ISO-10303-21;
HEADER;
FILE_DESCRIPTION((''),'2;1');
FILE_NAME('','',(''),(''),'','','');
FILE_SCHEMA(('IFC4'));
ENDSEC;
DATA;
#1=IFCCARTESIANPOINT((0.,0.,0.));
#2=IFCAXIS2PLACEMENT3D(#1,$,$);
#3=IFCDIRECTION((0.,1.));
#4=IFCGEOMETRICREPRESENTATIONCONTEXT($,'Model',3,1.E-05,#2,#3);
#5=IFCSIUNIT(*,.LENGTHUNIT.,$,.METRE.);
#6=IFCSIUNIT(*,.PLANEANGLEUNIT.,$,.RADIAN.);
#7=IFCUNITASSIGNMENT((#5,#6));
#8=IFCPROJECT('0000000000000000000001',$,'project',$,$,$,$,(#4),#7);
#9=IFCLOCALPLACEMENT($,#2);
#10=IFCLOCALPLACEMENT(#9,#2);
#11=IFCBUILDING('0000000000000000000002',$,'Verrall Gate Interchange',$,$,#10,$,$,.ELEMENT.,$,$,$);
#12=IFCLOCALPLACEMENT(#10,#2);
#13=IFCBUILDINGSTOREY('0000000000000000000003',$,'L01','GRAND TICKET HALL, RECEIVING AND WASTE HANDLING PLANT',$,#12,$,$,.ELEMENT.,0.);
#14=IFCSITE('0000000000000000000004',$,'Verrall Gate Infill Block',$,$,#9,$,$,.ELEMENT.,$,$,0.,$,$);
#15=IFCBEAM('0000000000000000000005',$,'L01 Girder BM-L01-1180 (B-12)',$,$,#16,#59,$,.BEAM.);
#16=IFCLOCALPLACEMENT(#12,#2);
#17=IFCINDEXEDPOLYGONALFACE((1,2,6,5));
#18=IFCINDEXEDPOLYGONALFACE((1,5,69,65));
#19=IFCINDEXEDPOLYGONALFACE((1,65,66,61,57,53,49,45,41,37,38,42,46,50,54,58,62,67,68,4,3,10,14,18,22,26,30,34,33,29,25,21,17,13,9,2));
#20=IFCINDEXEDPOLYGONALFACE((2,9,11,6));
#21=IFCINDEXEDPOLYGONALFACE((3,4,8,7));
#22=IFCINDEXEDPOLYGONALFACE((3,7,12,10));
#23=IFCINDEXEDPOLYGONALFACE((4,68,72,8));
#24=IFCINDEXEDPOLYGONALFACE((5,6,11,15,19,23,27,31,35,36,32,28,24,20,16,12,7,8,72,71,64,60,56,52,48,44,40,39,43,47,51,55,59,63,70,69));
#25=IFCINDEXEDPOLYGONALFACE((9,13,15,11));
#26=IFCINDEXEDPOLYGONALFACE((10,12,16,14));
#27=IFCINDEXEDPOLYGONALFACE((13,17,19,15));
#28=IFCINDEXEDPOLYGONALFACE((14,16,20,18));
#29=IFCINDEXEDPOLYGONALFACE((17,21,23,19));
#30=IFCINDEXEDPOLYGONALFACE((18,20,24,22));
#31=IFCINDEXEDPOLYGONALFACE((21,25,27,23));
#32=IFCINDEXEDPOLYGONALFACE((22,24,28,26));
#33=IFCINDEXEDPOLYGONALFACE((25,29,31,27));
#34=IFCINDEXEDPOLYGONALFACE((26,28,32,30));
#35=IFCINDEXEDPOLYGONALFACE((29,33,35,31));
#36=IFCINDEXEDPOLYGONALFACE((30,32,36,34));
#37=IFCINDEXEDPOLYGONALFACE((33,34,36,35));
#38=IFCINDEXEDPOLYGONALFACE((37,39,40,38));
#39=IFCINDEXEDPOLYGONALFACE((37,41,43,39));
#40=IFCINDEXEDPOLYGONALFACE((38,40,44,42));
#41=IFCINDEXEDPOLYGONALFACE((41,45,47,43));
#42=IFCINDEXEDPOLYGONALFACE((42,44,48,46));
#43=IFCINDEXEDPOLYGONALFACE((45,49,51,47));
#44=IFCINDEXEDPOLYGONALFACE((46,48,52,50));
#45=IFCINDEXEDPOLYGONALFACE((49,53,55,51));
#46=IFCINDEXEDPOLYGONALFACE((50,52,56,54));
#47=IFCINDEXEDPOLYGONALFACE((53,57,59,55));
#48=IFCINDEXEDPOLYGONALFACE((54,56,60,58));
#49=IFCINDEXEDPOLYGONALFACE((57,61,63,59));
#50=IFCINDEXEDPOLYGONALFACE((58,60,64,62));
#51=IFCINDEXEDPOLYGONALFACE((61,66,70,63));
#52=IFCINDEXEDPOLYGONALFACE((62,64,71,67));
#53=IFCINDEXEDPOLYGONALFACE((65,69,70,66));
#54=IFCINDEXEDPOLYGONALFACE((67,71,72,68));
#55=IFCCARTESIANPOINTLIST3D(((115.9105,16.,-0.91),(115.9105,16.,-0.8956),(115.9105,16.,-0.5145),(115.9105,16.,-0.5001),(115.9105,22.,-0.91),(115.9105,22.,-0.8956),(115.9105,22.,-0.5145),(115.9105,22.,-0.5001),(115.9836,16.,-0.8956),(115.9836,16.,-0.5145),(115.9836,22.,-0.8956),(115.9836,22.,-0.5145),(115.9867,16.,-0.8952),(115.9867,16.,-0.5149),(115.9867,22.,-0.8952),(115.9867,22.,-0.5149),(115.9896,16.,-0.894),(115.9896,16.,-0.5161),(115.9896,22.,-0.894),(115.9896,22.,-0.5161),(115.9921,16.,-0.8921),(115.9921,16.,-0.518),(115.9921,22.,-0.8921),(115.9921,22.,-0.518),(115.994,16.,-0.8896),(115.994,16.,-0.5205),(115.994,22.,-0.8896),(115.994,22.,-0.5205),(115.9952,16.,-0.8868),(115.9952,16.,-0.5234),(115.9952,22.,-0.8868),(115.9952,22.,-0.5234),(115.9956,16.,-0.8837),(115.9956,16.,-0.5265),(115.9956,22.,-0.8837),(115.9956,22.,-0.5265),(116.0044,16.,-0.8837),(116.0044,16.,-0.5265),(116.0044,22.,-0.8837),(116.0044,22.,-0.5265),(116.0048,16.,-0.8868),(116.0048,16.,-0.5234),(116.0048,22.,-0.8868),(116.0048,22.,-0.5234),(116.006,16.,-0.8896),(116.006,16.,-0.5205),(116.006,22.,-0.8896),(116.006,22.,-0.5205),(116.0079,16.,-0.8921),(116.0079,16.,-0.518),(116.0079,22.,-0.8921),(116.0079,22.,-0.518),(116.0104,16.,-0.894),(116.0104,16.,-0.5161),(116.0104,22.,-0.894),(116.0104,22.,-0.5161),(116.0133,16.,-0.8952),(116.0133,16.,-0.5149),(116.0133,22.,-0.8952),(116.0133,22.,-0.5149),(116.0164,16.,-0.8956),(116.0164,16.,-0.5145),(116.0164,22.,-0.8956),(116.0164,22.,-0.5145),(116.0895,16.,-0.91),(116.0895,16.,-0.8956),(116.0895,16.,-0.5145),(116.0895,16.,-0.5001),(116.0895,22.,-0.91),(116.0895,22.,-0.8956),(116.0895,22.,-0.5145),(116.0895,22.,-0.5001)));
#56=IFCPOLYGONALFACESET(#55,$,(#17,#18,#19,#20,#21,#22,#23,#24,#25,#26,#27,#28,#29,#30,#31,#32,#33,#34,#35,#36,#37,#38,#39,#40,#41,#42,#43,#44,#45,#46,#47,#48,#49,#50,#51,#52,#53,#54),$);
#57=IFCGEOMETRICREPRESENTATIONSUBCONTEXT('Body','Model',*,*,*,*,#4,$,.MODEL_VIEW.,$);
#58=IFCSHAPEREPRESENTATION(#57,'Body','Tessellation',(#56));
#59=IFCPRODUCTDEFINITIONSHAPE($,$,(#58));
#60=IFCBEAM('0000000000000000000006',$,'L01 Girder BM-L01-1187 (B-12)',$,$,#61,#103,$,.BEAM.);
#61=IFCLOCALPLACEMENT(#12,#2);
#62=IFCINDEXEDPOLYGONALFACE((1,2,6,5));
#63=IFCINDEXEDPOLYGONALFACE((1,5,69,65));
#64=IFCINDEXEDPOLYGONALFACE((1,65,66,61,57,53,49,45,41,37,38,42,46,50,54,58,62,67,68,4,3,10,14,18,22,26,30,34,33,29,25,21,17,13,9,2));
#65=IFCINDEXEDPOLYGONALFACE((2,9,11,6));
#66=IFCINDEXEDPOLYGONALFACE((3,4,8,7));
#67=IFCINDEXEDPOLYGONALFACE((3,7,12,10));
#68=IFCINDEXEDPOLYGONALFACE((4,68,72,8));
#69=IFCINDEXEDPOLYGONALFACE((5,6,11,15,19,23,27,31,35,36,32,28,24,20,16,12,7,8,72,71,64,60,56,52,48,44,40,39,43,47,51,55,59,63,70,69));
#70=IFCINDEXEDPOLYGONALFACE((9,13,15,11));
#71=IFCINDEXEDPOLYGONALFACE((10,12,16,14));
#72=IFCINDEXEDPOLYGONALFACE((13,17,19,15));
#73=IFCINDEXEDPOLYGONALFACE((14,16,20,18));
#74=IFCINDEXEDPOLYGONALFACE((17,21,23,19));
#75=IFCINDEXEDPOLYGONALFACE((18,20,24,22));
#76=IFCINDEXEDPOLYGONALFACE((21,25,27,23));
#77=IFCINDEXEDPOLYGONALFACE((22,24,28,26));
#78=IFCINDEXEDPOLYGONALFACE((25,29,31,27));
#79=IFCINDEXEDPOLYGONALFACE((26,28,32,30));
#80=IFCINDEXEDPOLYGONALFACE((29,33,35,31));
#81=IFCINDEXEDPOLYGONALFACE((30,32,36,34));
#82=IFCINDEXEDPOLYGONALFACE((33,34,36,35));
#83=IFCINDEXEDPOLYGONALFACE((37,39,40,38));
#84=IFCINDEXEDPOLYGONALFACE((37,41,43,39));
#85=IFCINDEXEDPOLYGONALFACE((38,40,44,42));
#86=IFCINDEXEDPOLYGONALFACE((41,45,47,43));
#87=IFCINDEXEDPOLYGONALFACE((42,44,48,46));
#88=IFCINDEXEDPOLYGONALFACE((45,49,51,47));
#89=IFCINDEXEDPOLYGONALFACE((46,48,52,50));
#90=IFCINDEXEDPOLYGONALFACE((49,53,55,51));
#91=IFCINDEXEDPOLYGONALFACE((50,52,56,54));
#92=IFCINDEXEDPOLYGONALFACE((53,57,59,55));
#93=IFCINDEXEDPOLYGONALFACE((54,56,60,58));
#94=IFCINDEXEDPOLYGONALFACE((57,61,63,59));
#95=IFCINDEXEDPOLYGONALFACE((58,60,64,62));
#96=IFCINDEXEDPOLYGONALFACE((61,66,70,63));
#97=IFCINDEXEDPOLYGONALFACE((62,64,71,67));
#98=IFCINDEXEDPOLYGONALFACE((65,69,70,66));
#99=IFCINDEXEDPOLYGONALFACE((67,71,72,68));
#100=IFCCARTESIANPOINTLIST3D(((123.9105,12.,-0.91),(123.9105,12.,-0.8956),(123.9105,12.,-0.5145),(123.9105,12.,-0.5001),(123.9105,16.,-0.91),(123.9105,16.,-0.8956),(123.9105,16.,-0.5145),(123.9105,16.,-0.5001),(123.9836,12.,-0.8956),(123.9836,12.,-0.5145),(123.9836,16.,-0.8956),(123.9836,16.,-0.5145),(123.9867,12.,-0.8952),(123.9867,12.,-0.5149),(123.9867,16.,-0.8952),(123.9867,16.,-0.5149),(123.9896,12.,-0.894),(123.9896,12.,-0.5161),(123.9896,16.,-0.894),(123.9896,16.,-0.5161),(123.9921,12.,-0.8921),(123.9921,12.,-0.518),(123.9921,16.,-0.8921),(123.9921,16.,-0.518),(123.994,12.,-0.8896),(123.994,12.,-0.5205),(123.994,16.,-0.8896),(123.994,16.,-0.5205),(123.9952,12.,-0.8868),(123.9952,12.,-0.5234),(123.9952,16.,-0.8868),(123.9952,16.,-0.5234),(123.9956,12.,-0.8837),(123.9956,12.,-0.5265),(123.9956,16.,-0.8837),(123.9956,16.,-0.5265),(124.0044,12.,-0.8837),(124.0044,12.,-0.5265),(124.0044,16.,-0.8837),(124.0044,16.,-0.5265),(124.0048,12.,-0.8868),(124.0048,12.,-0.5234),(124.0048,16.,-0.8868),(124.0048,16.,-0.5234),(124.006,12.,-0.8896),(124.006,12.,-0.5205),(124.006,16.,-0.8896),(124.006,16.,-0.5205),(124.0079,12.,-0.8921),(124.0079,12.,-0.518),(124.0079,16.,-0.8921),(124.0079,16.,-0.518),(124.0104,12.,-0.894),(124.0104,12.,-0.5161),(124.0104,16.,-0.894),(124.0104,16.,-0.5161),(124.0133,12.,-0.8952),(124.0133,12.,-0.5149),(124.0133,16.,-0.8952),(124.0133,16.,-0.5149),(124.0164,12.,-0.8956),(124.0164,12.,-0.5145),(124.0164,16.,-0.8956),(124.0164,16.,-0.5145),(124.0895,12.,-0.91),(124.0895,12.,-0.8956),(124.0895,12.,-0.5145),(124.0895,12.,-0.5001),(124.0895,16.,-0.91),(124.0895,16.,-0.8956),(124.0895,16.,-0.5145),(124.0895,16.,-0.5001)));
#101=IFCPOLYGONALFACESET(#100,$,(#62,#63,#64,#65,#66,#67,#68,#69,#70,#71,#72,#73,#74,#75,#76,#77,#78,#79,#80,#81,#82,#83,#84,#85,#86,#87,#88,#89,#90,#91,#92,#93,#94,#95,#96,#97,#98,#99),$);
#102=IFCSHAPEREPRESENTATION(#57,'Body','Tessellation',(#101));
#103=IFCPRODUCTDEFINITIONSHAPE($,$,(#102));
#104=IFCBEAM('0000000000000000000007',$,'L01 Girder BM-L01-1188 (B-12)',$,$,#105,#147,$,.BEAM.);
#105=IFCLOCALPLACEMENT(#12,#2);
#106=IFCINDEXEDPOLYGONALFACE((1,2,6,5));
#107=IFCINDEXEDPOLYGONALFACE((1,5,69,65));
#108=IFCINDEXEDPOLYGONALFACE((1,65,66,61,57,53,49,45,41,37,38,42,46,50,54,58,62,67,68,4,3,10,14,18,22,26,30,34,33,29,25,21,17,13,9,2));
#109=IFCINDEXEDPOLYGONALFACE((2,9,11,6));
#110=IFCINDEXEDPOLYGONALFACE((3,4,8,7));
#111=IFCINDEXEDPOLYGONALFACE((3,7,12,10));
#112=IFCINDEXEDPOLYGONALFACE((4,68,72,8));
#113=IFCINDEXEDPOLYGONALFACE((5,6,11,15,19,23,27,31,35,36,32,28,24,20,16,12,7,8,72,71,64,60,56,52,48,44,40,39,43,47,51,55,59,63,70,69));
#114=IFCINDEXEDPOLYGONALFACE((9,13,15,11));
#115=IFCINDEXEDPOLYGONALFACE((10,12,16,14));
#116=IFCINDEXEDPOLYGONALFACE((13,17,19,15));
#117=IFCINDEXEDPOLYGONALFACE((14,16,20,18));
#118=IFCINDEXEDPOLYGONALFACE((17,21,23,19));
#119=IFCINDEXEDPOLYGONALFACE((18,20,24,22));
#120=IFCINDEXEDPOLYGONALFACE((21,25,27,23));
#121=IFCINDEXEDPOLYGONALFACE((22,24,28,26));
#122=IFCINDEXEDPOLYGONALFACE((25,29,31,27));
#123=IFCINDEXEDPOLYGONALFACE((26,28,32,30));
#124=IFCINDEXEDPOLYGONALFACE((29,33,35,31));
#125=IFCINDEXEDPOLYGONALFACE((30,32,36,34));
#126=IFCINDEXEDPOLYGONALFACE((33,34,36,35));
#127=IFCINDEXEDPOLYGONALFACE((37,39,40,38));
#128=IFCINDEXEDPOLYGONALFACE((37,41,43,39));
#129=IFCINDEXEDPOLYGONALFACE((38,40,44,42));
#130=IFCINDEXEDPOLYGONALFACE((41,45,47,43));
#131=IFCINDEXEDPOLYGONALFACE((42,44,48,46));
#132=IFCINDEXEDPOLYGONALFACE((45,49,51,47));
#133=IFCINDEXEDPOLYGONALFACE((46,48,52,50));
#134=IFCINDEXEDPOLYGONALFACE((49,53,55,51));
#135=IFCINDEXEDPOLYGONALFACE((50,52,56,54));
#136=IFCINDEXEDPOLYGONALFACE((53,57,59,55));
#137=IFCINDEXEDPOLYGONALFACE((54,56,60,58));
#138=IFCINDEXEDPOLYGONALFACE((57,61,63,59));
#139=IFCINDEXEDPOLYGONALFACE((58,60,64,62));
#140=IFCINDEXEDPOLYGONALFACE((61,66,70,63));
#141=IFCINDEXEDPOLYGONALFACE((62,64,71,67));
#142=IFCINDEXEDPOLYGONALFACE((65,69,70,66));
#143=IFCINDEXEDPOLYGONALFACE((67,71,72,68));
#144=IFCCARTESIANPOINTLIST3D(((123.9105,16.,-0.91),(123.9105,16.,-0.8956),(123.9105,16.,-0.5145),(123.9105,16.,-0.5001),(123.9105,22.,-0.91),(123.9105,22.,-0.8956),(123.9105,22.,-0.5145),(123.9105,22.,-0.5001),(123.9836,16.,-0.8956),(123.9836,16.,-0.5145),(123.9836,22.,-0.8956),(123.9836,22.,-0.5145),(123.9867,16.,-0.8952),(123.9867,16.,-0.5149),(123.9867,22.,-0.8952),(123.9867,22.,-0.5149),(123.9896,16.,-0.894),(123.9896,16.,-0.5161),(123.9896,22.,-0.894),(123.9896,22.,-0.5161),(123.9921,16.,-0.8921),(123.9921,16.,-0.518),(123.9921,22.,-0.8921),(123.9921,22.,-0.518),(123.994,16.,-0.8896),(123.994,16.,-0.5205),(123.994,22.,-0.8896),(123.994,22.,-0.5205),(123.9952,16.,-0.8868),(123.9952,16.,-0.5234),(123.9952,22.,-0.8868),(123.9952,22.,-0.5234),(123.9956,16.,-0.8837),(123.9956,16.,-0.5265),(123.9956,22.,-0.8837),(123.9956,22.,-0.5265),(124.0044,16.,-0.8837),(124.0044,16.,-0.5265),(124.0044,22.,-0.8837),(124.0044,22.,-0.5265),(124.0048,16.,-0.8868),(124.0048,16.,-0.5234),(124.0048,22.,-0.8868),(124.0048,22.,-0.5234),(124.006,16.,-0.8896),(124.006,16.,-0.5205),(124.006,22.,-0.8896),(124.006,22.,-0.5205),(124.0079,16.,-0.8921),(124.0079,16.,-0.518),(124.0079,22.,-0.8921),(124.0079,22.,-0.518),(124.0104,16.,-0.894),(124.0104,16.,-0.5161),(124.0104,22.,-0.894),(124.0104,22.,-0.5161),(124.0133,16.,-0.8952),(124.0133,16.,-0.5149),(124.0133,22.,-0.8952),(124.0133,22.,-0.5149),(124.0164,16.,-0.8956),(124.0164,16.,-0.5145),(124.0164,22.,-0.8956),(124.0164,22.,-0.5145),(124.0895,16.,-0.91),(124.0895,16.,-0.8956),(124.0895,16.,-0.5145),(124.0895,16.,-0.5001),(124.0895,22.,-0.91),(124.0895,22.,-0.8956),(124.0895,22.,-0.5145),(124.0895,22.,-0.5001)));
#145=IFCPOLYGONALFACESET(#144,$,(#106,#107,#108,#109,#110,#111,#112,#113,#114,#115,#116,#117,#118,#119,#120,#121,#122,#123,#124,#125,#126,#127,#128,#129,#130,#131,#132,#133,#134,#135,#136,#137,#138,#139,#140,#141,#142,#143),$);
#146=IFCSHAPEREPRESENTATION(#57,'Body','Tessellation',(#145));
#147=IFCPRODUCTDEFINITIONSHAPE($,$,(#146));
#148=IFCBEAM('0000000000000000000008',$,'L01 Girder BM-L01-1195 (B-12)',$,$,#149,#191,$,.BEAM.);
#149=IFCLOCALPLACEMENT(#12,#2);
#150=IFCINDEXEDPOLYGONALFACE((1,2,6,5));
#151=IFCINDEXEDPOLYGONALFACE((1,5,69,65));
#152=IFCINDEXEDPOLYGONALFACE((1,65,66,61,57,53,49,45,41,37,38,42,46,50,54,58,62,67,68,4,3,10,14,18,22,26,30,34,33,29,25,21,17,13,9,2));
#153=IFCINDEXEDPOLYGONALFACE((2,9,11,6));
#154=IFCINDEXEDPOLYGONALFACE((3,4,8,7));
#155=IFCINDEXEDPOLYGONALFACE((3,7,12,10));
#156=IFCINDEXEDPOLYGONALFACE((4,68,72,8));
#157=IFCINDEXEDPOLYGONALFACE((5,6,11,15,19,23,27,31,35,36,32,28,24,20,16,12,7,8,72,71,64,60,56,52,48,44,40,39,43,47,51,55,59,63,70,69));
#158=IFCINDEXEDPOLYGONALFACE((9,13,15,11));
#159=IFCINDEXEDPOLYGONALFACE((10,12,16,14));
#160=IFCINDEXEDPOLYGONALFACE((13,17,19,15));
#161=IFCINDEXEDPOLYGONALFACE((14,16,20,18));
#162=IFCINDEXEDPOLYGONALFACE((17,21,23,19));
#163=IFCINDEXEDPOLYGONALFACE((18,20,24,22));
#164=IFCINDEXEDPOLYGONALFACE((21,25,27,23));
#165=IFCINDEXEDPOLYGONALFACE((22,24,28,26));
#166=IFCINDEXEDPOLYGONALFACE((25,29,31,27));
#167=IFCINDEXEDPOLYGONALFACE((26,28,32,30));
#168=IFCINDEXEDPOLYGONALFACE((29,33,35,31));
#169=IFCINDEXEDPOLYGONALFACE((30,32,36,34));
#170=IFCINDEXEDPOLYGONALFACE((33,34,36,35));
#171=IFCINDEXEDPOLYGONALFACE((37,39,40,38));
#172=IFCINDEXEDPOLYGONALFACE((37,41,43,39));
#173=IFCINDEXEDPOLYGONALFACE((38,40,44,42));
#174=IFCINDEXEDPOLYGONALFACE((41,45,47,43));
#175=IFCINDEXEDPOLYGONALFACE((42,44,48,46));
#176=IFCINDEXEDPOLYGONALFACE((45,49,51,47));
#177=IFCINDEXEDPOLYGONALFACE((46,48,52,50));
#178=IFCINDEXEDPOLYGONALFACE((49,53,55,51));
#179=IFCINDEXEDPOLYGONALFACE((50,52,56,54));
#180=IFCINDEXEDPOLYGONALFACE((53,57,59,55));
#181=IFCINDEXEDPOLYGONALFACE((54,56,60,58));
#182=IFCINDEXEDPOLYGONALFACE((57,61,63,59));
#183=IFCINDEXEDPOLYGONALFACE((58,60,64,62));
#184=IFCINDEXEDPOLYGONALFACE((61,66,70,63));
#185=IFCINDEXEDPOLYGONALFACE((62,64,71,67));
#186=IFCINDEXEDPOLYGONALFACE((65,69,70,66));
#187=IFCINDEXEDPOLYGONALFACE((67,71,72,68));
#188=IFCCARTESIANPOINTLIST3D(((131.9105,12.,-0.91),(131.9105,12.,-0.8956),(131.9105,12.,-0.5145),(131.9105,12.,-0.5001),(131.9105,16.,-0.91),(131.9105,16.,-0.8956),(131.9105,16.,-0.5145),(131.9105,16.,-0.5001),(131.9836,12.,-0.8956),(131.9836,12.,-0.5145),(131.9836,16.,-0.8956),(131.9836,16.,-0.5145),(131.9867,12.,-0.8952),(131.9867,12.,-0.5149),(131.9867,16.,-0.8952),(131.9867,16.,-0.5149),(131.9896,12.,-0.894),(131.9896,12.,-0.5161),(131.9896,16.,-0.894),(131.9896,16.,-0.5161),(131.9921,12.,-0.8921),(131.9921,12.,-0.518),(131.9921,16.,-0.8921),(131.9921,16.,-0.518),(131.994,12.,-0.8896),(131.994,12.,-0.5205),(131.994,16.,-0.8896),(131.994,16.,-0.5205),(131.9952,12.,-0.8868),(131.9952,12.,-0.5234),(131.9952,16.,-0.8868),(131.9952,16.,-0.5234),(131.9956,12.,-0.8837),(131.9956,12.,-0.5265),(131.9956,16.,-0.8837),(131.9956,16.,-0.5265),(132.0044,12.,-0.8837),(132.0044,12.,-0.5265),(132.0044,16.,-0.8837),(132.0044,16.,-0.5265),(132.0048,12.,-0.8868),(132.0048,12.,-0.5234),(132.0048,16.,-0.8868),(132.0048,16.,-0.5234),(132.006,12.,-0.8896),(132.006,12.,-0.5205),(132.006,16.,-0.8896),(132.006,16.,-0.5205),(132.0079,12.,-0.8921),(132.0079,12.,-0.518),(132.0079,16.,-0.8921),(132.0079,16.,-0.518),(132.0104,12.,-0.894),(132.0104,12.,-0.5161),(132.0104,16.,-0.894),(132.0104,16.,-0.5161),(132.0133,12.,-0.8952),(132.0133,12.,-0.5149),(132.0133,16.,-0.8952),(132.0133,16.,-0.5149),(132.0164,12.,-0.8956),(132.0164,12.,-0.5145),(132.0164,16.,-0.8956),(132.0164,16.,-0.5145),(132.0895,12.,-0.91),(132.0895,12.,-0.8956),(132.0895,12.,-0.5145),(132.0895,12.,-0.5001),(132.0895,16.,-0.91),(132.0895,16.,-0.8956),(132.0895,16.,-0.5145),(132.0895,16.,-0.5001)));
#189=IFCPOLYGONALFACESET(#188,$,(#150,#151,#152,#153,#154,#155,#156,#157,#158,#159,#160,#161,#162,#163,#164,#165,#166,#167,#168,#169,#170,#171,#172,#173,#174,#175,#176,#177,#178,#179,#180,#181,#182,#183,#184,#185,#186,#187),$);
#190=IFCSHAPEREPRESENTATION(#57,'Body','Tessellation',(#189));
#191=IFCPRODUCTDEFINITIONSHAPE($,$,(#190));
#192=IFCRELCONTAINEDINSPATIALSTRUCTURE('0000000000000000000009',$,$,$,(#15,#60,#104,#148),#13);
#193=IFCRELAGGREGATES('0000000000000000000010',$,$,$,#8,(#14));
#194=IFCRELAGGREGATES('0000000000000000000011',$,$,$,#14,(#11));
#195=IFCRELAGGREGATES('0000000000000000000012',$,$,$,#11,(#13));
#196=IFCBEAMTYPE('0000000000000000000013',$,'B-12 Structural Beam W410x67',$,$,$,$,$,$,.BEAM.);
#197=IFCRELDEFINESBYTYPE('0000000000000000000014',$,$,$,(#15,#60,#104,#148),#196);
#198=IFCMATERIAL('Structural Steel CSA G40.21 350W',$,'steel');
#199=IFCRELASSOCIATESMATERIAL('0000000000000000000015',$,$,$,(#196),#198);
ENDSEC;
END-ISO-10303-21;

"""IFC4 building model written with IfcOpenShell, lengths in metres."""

from ifc_helpers import new_model, si_unit, direction, frame, origin, origin_2d, place, context, subcontext, project, spatial, i_section, extrude, material, material_profile, profile_set, type_object, element, save


model = new_model("IFC4")

# Units and contexts
model_context = context("Model", 3, precision=1e-05, world=origin(), true_north=direction((0.0, 1.0)))
body_context = subcontext(model_context, "Body", "Model", "MODEL_VIEW")
ifc_project = project(units=[si_unit("LENGTHUNIT", "METRE"), si_unit("PLANEANGLEUNIT", "RADIAN")], contexts=[model_context])

# Site, building, storey
site_placement = place(None, origin())
site = spatial("IfcSite", under=ifc_project, at=site_placement, Name="Verrall Gate Infill Block", CompositionType="ELEMENT", RefElevation=0.0)
building_placement = place(site_placement, origin())
building = spatial("IfcBuilding", under=site, at=building_placement, Name="Verrall Gate Interchange", CompositionType="ELEMENT")
storey_placement = place(building_placement, origin())
storey = spatial("IfcBuildingStorey", under=building, at=storey_placement, Name="L01", Description="GRAND TICKET HALL, RECEIVING AND WASTE HANDLING PLANT", CompositionType="ELEMENT", Elevation=0.0)

# Beams
ifc_material_1 = material(Name="Structural Steel CSA G40.21 350W", Category="steel")
ifc_material_profile_1 = material_profile(ifc_material_1, i_section(OverallWidth=0.179, OverallDepth=0.4099, WebThickness=0.0088, FlangeThickness=0.0144, FilletRadius=0.012, at=origin_2d()), Name="W410x67")
ifc_profile_set_1 = profile_set([ifc_material_profile_1], Name="Structural Steel CSA G40.21 350W")
beam_type_1 = type_object("IfcBeamType", Name="B-12 Structural Beam W410x67", PredefinedType="BEAM", material=ifc_profile_set_1)
beam_1_placement = place(storey_placement, frame((116.0, 16.0, -0.7051), z_axis=(0.0, 1.0, 0.0), x_axis=(-1.0, 0.0, 0.0)))
element("IfcBeam", 1, at=beam_1_placement, inside=storey, type_object=beam_type_1, Name="L01 Girder BM-L01-1180 (B-12)", PredefinedType="BEAM", context=body_context, shape_type="SweptSolid", body=[
    extrude(i_section(OverallWidth=0.179, OverallDepth=0.4099, WebThickness=0.0088, FlangeThickness=0.0144, FilletRadius=0.012, at=origin_2d()), origin(), (0.0, 0.0, 1.0), 6.0),
])
beam_2_placement = place(storey_placement, frame((124.0, 12.0, -0.7051), z_axis=(0.0, 1.0, 0.0), x_axis=(-1.0, 0.0, 0.0)))
element("IfcBeam", 2, at=beam_2_placement, inside=storey, type_object=beam_type_1, Name="L01 Girder BM-L01-1187 (B-12)", PredefinedType="BEAM", context=body_context, shape_type="SweptSolid", body=[
    extrude(i_section(OverallWidth=0.179, OverallDepth=0.4099, WebThickness=0.0088, FlangeThickness=0.0144, FilletRadius=0.012, at=origin_2d()), origin(), (0.0, 0.0, 1.0), 4.0),
])
beam_3_placement = place(storey_placement, frame((124.0, 16.0, -0.7051), z_axis=(0.0, 1.0, 0.0), x_axis=(-1.0, 0.0, 0.0)))
element("IfcBeam", 3, at=beam_3_placement, inside=storey, type_object=beam_type_1, Name="L01 Girder BM-L01-1188 (B-12)", PredefinedType="BEAM", context=body_context, shape_type="SweptSolid", body=[
    extrude(i_section(OverallWidth=0.179, OverallDepth=0.4099, WebThickness=0.0088, FlangeThickness=0.0144, FilletRadius=0.012, at=origin_2d()), origin(), (0.0, 0.0, 1.0), 6.0),
])
beam_4_placement = place(storey_placement, frame((132.0, 12.0, -0.7051), z_axis=(0.0, 1.0, 0.0), x_axis=(-1.0, 0.0, 0.0)))
element("IfcBeam", 4, at=beam_4_placement, inside=storey, type_object=beam_type_1, Name="L01 Girder BM-L01-1195 (B-12)", PredefinedType="BEAM", context=body_context, shape_type="SweptSolid", body=[
    extrude(i_section(OverallWidth=0.179, OverallDepth=0.4099, WebThickness=0.0088, FlangeThickness=0.0144, FilletRadius=0.012, at=origin_2d()), origin(), (0.0, 0.0, 1.0), 4.0),
])

save(model, "model.ifc")
